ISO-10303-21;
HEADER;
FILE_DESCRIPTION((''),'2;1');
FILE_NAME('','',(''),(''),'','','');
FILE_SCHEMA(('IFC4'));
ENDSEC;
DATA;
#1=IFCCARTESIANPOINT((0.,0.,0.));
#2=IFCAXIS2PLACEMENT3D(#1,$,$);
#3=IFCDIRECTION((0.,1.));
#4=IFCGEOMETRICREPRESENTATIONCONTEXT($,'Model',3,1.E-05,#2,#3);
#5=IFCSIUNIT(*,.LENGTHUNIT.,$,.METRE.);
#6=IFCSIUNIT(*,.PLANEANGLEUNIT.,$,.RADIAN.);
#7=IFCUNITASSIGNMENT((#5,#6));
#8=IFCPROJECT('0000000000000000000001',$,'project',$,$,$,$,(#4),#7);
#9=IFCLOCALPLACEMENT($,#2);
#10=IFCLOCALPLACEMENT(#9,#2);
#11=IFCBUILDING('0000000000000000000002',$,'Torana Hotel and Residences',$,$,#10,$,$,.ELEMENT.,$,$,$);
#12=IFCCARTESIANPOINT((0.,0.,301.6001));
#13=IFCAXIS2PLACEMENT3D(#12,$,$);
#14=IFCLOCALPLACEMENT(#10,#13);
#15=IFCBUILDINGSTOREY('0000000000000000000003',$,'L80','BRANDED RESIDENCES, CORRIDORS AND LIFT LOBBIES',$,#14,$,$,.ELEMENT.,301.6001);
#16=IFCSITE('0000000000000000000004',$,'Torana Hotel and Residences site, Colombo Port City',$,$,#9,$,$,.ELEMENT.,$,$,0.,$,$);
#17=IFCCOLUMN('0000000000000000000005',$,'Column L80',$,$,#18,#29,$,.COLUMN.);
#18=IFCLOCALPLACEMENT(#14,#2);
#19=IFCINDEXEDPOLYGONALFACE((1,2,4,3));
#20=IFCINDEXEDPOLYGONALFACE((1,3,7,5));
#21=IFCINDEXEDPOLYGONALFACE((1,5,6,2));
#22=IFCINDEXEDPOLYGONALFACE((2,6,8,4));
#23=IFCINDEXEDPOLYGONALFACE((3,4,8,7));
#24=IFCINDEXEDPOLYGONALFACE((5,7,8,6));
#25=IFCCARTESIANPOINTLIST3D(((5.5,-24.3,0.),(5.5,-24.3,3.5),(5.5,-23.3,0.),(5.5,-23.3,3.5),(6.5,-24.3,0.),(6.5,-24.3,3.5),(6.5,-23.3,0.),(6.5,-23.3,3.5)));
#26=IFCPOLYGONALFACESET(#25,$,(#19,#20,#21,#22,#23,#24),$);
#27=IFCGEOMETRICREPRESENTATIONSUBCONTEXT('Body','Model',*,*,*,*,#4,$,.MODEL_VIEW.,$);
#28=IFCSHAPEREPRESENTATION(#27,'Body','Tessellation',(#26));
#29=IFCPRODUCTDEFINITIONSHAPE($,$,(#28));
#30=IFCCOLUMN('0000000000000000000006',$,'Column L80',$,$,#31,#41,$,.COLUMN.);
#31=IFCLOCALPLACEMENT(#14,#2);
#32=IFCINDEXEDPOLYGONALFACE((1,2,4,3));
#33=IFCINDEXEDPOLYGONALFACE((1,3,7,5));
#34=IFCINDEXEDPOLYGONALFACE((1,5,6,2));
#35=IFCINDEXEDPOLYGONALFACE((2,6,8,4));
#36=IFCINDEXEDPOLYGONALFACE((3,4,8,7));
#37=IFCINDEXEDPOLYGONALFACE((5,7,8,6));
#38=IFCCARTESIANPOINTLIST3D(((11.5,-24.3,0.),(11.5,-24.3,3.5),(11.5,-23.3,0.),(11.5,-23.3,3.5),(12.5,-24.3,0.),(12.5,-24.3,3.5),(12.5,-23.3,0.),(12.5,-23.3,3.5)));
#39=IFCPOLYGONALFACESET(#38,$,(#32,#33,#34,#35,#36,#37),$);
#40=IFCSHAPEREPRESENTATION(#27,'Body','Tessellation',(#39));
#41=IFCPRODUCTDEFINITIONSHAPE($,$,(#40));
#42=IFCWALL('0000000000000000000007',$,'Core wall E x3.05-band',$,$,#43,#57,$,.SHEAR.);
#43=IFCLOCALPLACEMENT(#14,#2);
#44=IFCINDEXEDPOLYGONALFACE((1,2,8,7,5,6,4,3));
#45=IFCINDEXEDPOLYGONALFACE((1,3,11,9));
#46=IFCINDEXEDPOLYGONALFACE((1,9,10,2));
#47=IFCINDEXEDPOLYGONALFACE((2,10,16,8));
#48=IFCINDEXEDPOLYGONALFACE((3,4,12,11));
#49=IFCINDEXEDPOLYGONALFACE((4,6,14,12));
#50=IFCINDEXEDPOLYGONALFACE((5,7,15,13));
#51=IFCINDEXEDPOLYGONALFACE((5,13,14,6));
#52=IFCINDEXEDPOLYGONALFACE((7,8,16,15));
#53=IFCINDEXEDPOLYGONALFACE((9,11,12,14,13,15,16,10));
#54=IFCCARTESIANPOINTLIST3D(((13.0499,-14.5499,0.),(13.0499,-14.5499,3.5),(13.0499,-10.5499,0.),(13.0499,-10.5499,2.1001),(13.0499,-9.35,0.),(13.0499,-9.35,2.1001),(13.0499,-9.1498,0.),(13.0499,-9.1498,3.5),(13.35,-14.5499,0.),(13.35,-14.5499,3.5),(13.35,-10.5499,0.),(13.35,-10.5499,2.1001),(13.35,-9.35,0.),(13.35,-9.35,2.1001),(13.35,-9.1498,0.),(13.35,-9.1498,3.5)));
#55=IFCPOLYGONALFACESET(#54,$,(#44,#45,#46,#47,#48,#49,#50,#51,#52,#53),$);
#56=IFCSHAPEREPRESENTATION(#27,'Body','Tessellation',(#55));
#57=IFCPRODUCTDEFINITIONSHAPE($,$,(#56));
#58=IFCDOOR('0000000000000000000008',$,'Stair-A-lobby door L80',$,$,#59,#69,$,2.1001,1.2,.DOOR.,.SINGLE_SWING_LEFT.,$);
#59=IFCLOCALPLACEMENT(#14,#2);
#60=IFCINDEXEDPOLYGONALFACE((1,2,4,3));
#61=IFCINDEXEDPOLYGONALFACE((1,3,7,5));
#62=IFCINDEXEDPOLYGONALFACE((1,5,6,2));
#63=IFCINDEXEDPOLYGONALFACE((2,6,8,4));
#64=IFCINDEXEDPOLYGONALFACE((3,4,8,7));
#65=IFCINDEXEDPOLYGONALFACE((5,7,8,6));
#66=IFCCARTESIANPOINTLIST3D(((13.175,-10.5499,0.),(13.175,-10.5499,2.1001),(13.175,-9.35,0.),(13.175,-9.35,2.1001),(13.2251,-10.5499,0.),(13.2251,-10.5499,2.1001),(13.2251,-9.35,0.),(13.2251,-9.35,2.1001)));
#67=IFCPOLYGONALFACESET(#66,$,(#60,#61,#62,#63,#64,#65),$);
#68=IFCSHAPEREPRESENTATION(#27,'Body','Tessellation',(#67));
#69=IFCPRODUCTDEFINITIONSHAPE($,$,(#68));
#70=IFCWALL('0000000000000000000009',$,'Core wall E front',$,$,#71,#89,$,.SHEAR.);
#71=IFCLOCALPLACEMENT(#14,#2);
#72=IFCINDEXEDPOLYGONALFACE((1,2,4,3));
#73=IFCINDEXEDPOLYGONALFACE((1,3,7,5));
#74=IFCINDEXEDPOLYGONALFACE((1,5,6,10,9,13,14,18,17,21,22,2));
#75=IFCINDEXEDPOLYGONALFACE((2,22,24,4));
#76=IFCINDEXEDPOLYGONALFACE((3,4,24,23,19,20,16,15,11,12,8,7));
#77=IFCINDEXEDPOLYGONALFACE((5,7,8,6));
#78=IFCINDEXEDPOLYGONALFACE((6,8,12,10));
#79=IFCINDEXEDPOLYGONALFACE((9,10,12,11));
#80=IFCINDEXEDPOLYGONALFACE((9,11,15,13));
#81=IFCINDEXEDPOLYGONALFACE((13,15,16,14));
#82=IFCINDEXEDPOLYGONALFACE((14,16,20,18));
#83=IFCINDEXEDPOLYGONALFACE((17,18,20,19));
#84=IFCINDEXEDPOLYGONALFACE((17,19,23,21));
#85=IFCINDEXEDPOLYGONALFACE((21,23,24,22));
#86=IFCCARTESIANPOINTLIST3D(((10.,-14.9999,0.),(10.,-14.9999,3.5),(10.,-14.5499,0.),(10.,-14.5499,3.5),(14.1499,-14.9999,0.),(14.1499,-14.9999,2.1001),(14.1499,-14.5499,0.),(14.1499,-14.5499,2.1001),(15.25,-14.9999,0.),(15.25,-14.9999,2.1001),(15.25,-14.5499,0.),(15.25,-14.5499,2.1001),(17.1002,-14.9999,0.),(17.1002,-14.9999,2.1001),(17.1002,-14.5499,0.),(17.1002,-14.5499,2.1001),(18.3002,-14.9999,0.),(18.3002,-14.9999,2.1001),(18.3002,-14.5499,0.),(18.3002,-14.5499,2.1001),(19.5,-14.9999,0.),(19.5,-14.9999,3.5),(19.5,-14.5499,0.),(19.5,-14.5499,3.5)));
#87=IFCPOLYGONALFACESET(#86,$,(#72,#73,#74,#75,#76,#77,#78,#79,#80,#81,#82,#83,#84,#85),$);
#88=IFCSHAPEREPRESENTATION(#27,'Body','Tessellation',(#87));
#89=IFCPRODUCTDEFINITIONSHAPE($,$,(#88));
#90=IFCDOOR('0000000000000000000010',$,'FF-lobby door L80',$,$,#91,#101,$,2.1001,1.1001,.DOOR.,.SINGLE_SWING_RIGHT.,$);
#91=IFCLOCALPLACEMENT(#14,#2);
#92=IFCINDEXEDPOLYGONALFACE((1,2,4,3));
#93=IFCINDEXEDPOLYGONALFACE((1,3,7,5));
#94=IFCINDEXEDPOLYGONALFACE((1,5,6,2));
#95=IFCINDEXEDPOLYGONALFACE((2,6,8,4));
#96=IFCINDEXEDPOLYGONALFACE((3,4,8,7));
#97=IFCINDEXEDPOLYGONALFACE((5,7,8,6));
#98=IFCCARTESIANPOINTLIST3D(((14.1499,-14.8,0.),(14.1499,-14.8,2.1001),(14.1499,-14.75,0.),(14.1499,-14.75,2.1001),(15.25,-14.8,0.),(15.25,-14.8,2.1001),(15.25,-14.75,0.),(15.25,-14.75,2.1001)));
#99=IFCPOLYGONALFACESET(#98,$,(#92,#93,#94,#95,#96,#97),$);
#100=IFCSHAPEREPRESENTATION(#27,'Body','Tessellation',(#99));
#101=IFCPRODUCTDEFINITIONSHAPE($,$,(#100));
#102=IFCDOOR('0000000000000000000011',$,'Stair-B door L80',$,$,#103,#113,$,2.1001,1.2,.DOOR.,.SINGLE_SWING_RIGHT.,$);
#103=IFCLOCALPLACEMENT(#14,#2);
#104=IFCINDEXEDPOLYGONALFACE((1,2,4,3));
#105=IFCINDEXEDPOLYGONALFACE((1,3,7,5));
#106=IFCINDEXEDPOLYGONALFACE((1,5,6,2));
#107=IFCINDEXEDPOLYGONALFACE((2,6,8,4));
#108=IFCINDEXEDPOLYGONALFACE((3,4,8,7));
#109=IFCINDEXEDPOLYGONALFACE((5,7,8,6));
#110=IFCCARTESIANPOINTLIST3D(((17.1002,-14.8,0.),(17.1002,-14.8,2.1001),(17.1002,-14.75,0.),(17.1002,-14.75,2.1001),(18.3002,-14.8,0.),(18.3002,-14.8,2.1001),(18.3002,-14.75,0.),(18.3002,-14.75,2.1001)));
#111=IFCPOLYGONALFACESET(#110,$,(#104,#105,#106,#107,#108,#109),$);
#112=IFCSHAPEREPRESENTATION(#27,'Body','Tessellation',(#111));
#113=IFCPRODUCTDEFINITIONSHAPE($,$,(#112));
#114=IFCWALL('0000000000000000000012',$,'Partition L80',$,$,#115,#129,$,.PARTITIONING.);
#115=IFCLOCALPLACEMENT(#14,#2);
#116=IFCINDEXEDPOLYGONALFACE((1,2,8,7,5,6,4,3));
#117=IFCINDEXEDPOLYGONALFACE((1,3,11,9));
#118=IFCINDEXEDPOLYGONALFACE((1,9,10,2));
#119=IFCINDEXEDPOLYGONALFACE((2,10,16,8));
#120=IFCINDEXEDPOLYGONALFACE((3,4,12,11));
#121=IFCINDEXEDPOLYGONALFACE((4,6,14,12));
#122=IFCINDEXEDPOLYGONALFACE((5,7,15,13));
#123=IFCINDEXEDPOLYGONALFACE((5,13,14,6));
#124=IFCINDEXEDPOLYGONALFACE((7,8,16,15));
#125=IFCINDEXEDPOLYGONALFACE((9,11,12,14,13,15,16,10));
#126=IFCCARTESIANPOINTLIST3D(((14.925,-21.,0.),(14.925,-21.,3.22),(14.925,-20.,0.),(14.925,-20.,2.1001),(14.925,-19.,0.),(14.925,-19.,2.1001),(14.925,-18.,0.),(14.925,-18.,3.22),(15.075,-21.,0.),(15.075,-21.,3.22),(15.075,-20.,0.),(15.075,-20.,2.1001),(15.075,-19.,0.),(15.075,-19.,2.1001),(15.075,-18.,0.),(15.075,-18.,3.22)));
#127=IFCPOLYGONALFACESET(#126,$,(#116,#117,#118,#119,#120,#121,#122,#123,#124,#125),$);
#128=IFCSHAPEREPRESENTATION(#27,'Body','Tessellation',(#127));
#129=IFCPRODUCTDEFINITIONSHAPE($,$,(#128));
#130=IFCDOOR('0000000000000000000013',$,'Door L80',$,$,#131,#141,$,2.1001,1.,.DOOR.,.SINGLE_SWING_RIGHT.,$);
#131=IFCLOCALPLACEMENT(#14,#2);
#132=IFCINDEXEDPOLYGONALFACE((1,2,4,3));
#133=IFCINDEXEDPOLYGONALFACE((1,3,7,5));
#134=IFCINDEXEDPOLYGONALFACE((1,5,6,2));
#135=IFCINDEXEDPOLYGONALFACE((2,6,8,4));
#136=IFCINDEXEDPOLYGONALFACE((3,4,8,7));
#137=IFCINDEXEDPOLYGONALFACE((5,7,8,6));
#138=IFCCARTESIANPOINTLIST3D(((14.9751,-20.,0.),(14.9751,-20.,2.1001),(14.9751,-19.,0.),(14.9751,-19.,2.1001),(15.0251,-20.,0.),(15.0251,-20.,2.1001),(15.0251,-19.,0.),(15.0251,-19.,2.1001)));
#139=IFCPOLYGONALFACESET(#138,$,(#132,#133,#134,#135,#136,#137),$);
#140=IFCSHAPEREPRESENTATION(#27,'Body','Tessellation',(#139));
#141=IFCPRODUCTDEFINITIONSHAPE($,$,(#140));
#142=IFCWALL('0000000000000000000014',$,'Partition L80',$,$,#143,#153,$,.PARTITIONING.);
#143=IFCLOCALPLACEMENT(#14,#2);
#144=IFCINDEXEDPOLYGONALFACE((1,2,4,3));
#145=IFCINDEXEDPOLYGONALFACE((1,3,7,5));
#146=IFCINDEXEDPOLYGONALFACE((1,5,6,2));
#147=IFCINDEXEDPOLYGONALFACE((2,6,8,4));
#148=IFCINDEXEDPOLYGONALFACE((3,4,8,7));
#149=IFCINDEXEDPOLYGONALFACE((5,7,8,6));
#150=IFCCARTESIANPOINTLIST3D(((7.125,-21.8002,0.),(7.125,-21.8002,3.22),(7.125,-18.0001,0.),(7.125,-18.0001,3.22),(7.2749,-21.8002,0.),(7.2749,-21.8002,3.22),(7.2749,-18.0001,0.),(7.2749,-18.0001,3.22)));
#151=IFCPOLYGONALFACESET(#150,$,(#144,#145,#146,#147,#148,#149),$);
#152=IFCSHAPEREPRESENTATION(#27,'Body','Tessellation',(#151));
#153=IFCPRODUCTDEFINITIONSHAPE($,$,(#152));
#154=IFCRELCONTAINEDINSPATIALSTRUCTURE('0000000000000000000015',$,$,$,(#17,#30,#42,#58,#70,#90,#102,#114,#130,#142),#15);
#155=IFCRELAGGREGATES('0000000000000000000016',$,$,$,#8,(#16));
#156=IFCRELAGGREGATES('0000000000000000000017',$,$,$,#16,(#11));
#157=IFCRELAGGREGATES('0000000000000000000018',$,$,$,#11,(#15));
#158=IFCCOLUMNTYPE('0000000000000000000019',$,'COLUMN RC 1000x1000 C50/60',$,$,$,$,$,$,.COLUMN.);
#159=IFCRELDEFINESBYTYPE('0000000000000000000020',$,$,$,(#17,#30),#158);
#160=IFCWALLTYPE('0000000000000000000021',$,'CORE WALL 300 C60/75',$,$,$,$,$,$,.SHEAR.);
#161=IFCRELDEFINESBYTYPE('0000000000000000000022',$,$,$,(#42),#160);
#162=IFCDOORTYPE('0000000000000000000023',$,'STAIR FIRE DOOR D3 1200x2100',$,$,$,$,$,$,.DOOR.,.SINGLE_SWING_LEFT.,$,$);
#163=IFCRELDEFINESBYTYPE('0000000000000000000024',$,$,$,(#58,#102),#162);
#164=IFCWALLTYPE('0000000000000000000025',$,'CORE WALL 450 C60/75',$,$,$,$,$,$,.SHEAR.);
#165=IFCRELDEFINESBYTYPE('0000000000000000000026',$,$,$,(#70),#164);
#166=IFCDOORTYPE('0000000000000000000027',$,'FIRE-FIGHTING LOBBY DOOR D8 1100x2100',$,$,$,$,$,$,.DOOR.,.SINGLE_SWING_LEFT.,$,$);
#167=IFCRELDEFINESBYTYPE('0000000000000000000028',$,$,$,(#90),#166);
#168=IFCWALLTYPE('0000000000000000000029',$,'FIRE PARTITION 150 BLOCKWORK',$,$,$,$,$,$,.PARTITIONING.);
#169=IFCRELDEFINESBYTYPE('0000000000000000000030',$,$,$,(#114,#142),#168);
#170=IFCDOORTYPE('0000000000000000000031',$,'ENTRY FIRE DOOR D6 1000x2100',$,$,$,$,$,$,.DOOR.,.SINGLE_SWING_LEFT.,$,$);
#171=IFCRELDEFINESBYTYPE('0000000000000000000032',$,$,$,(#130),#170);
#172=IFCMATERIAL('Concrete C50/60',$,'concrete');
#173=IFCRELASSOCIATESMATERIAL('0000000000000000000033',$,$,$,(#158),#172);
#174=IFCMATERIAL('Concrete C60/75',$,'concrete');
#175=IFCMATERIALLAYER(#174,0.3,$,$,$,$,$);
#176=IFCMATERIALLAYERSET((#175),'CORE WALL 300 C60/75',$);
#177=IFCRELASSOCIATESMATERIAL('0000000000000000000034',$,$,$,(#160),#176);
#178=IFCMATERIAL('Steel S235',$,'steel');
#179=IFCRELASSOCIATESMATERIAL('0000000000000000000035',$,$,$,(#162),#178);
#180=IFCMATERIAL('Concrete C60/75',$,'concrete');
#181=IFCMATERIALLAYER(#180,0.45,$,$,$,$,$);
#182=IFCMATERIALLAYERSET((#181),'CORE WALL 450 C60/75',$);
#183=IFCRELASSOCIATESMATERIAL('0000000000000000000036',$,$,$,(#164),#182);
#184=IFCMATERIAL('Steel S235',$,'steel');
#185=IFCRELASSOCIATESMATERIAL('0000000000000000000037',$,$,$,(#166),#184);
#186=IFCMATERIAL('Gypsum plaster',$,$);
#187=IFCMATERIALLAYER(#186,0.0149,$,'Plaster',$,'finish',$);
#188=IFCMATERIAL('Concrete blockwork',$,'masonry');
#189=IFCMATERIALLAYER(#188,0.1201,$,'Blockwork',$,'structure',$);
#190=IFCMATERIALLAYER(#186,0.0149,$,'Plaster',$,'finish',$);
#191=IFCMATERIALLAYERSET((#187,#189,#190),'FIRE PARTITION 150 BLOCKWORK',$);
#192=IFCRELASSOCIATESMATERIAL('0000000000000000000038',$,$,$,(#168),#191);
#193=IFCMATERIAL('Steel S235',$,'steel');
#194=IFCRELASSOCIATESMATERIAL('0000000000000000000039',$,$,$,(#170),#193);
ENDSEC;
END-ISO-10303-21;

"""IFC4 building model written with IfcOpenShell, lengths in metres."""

from ifc_helpers import new_model, si_unit, direction, frame, frame_2d, origin, origin_2d, place, context, subcontext, project, spatial, rectangle, extrude, material, layer, layer_set, material_profile, profile_set, type_object, element, fill, save


model = new_model("IFC4")

# Units and contexts
model_context = context("Model", 3, precision=1e-05, world=origin(), true_north=direction((0.0, 1.0)))
body_context = subcontext(model_context, "Body", "Model", "MODEL_VIEW")
ifc_project = project(units=[si_unit("LENGTHUNIT", "METRE"), si_unit("PLANEANGLEUNIT", "RADIAN")], contexts=[model_context])

# Site, building, storey
site_placement = place(None, origin())
site = spatial("IfcSite", under=ifc_project, at=site_placement, Name="Torana Hotel and Residences site, Colombo Port City", CompositionType="ELEMENT", RefElevation=0.0)
building_placement = place(site_placement, origin())
building = spatial("IfcBuilding", under=site, at=building_placement, Name="Torana Hotel and Residences", CompositionType="ELEMENT")
storey_placement = place(building_placement, frame((0.0, 0.0, 301.6001)))
storey = spatial("IfcBuildingStorey", under=building, at=storey_placement, Name="L80", Description="BRANDED RESIDENCES, CORRIDORS AND LIFT LOBBIES", CompositionType="ELEMENT", Elevation=301.6001)

# Columns
ifc_material_1 = material(Name="Concrete C50/60", Category="concrete")
ifc_material_profile = material_profile(ifc_material_1, rectangle(XDim=1.0, YDim=1.0, at=origin_2d()), Name="RC 1000x1000")
ifc_profile_set = profile_set([ifc_material_profile], Name="Concrete C50/60")
column_type = type_object("IfcColumnType", Name="COLUMN RC 1000x1000 C50/60", PredefinedType="COLUMN", material=ifc_profile_set)
for number, where, z_axis, x_axis, name in (
    (1, (6.0, -23.8, 0.0), (0.0, 0.0, 1.0), (1.0, 0.0, 0.0), "Column L80"),
    (2, (12.0, -23.8, 0.0), (0.0, 0.0, 1.0), (1.0, 0.0, 0.0), "Column L80"),
):
    element("IfcColumn", number, at=place(storey_placement, frame(where, z_axis=z_axis, x_axis=x_axis)), inside=storey, type_object=column_type, Name=name, PredefinedType="COLUMN", context=body_context, shape_type="SweptSolid", body=[
        extrude(rectangle(XDim=1.0, YDim=1.0, at=origin_2d()), origin(), (0.0, 0.0, 1.0), 3.5),
    ])

# Wall, opening, door
ifc_material_2 = material(Name="Concrete C60/75", Category="concrete")
ifc_layer_1 = layer(ifc_material_2, 0.3)
ifc_layer_set_1 = layer_set([ifc_layer_1], Name="CORE WALL 300 C60/75")
wall_type_1 = type_object("IfcWallType", Name="CORE WALL 300 C60/75", PredefinedType="SHEAR", material=ifc_layer_set_1)
wall_1_placement = place(storey_placement, frame((13.2, -14.55, 0.0), z_axis=(0.0, 0.0, 1.0), x_axis=(0.0, 1.0, 0.0)))
wall_1 = element("IfcWall", 3, at=wall_1_placement, inside=storey, type_object=wall_type_1, Name="Core wall E x3.05-band", PredefinedType="SHEAR", context=body_context, shape_type="SweptSolid", body=[
    extrude(rectangle(XDim=5.4001, YDim=0.3, at=frame_2d((2.7002, 0.0))), origin(), (0.0, 0.0, 1.0), 3.5),
])
opening_1_placement = place(wall_1_placement, frame((4.0, 0.0, 0.0)))
opening_1 = element("IfcOpeningElement", 4, at=opening_1_placement, cuts=wall_1, PredefinedType="OPENING", context=body_context, shape_type="SweptSolid", body=[
    extrude(rectangle(XDim=1.2, YDim=2.1001, at=frame_2d((0.6001, 1.05))), frame((0.0, 0.1599, 0.0), z_axis=(0.0, -1.0, 0.0), x_axis=(1.0, 0.0, 0.0)), (0.0, 0.0, 1.0), 0.3201),
])
ifc_material_3 = material(Name="Steel S235", Category="steel")
door_type_1 = type_object("IfcDoorType", Name="STAIR FIRE DOOR D3 1200x2100", OperationType="SINGLE_SWING_LEFT", PredefinedType="DOOR", material=ifc_material_3)
door_1_placement = place(opening_1_placement, origin())
door_1 = element("IfcDoor", 5, at=door_1_placement, inside=storey, type_object=door_type_1, Name="Stair-A-lobby door L80", OperationType="SINGLE_SWING_LEFT", OverallHeight=2.1001, OverallWidth=1.2, PredefinedType="DOOR", context=body_context, shape_type="SweptSolid", body=[
    extrude(rectangle(XDim=1.2, YDim=2.1001, at=frame_2d((0.6001, 1.05))), frame((0.0, 0.0249, 0.0), z_axis=(0.0, -1.0, 0.0), x_axis=(1.0, 0.0, 0.0)), (0.0, 0.0, 1.0), 0.05),
])
fill(opening_1, door_1)

# Wall, openings, doors
ifc_material_4 = material(Name="Concrete C60/75", Category="concrete")
ifc_layer_2 = layer(ifc_material_4, 0.45)
ifc_layer_set_2 = layer_set([ifc_layer_2], Name="CORE WALL 450 C60/75")
wall_type_2 = type_object("IfcWallType", Name="CORE WALL 450 C60/75", PredefinedType="SHEAR", material=ifc_layer_set_2)
wall_2_placement = place(storey_placement, frame((10.0, -14.7749, 0.0), z_axis=(0.0, 0.0, 1.0), x_axis=(1.0, 0.0, 0.0)))
wall_2 = element("IfcWall", 6, at=wall_2_placement, inside=storey, type_object=wall_type_2, Name="Core wall E front", PredefinedType="SHEAR", context=body_context, shape_type="SweptSolid", body=[
    extrude(rectangle(XDim=9.5, YDim=0.45, at=frame_2d((4.75, 0.0))), origin(), (0.0, 0.0, 1.0), 3.5),
])
opening_2_placement = place(wall_2_placement, frame((7.1001, 0.0, 0.0)))
opening_2 = element("IfcOpeningElement", 7, at=opening_2_placement, cuts=wall_2, PredefinedType="OPENING", context=body_context, shape_type="SweptSolid", body=[
    extrude(rectangle(XDim=1.2, YDim=2.1001, at=frame_2d((0.6001, 1.05))), frame((0.0, 0.2349, 0.0), z_axis=(0.0, -1.0, 0.0), x_axis=(1.0, 0.0, 0.0)), (0.0, 0.0, 1.0), 0.47),
])
opening_3_placement = place(wall_2_placement, frame((4.1499, 0.0, 0.0)))
opening_3 = element("IfcOpeningElement", 8, at=opening_3_placement, cuts=wall_2, PredefinedType="OPENING", context=body_context, shape_type="SweptSolid", body=[
    extrude(rectangle(XDim=1.1001, YDim=2.1001, at=frame_2d((0.55, 1.05))), frame((0.0, 0.2349, 0.0), z_axis=(0.0, -1.0, 0.0), x_axis=(1.0, 0.0, 0.0)), (0.0, 0.0, 1.0), 0.47),
])
ifc_material_5 = material(Name="Steel S235", Category="steel")
door_type_2 = type_object("IfcDoorType", Name="FIRE-FIGHTING LOBBY DOOR D8 1100x2100", OperationType="SINGLE_SWING_LEFT", PredefinedType="DOOR", material=ifc_material_5)
door_2_placement = place(opening_3_placement, origin())
door_2 = element("IfcDoor", 9, at=door_2_placement, inside=storey, type_object=door_type_2, Name="FF-lobby door L80", OperationType="SINGLE_SWING_RIGHT", OverallHeight=2.1001, OverallWidth=1.1001, PredefinedType="DOOR", context=body_context, shape_type="SweptSolid", body=[
    extrude(rectangle(XDim=1.1001, YDim=2.1001, at=frame_2d((0.55, 1.05))), frame((0.0, 0.0249, 0.0), z_axis=(0.0, -1.0, 0.0), x_axis=(1.0, 0.0, 0.0)), (0.0, 0.0, 1.0), 0.05),
])
fill(opening_3, door_2)
door_3_placement = place(opening_2_placement, origin())
door_3 = element("IfcDoor", 10, at=door_3_placement, inside=storey, type_object=door_type_1, Name="Stair-B door L80", OperationType="SINGLE_SWING_RIGHT", OverallHeight=2.1001, OverallWidth=1.2, PredefinedType="DOOR", context=body_context, shape_type="SweptSolid", body=[
    extrude(rectangle(XDim=1.2, YDim=2.1001, at=frame_2d((0.6001, 1.05))), frame((0.0, 0.0249, 0.0), z_axis=(0.0, -1.0, 0.0), x_axis=(1.0, 0.0, 0.0)), (0.0, 0.0, 1.0), 0.05),
])
fill(opening_2, door_3)

# Wall, opening, door
ifc_material_6 = material(Name="Gypsum plaster")
ifc_layer_3 = layer(ifc_material_6, 0.0149, Name="Plaster", Category="finish")
ifc_material_7 = material(Name="Concrete blockwork", Category="masonry")
ifc_layer_4 = layer(ifc_material_7, 0.1201, Name="Blockwork", Category="structure")
ifc_layer_5 = layer(ifc_material_6, 0.0149, Name="Plaster", Category="finish")
ifc_layer_set_3 = layer_set([ifc_layer_3, ifc_layer_4, ifc_layer_5], Name="FIRE PARTITION 150 BLOCKWORK")
wall_type_3 = type_object("IfcWallType", Name="FIRE PARTITION 150 BLOCKWORK", PredefinedType="PARTITIONING", material=ifc_layer_set_3)
wall_3_placement = place(storey_placement, frame((15.0, -21.0, 0.0), z_axis=(0.0, 0.0, 1.0), x_axis=(0.0, 1.0, 0.0)))
wall_3 = element("IfcWall", 11, at=wall_3_placement, inside=storey, type_object=wall_type_3, Name="Partition L80", PredefinedType="PARTITIONING", context=body_context, shape_type="SweptSolid", body=[
    extrude(rectangle(XDim=3.0, YDim=0.1499, at=frame_2d((1.5, 0.0))), origin(), (0.0, 0.0, 1.0), 3.22),
])
opening_4_placement = place(wall_3_placement, frame((1.0, 0.0, 0.0)))
opening_4 = element("IfcOpeningElement", 12, at=opening_4_placement, cuts=wall_3, PredefinedType="OPENING", context=body_context, shape_type="SweptSolid", body=[
    extrude(rectangle(XDim=1.0, YDim=2.1001, at=frame_2d((0.5, 1.05))), frame((0.0, 0.085, 0.0), z_axis=(0.0, -1.0, 0.0), x_axis=(1.0, 0.0, 0.0)), (0.0, 0.0, 1.0), 0.1699),
])
ifc_material_8 = material(Name="Steel S235", Category="steel")
door_type_3 = type_object("IfcDoorType", Name="ENTRY FIRE DOOR D6 1000x2100", OperationType="SINGLE_SWING_LEFT", PredefinedType="DOOR", material=ifc_material_8)
door_4_placement = place(opening_4_placement, origin())
door_4 = element("IfcDoor", 13, at=door_4_placement, inside=storey, type_object=door_type_3, Name="Door L80", OperationType="SINGLE_SWING_RIGHT", OverallHeight=2.1001, OverallWidth=1.0, PredefinedType="DOOR", context=body_context, shape_type="SweptSolid", body=[
    extrude(rectangle(XDim=1.0, YDim=2.1001, at=frame_2d((0.5, 1.05))), frame((0.0, 0.0249, 0.0), z_axis=(0.0, -1.0, 0.0), x_axis=(1.0, 0.0, 0.0)), (0.0, 0.0, 1.0), 0.05),
])
fill(opening_4, door_4)

# Wall
wall_4_placement = place(storey_placement, frame((7.2, -21.8, 0.0), z_axis=(0.0, 0.0, 1.0), x_axis=(0.0, 1.0, 0.0)))
element("IfcWall", 14, at=wall_4_placement, inside=storey, type_object=wall_type_3, Name="Partition L80", PredefinedType="PARTITIONING", context=body_context, shape_type="SweptSolid", body=[
    extrude(rectangle(XDim=3.8, YDim=0.1499, at=frame_2d((1.8999, 0.0))), origin(), (0.0, 0.0, 1.0), 3.22),
])

save(model, "model.ifc")
